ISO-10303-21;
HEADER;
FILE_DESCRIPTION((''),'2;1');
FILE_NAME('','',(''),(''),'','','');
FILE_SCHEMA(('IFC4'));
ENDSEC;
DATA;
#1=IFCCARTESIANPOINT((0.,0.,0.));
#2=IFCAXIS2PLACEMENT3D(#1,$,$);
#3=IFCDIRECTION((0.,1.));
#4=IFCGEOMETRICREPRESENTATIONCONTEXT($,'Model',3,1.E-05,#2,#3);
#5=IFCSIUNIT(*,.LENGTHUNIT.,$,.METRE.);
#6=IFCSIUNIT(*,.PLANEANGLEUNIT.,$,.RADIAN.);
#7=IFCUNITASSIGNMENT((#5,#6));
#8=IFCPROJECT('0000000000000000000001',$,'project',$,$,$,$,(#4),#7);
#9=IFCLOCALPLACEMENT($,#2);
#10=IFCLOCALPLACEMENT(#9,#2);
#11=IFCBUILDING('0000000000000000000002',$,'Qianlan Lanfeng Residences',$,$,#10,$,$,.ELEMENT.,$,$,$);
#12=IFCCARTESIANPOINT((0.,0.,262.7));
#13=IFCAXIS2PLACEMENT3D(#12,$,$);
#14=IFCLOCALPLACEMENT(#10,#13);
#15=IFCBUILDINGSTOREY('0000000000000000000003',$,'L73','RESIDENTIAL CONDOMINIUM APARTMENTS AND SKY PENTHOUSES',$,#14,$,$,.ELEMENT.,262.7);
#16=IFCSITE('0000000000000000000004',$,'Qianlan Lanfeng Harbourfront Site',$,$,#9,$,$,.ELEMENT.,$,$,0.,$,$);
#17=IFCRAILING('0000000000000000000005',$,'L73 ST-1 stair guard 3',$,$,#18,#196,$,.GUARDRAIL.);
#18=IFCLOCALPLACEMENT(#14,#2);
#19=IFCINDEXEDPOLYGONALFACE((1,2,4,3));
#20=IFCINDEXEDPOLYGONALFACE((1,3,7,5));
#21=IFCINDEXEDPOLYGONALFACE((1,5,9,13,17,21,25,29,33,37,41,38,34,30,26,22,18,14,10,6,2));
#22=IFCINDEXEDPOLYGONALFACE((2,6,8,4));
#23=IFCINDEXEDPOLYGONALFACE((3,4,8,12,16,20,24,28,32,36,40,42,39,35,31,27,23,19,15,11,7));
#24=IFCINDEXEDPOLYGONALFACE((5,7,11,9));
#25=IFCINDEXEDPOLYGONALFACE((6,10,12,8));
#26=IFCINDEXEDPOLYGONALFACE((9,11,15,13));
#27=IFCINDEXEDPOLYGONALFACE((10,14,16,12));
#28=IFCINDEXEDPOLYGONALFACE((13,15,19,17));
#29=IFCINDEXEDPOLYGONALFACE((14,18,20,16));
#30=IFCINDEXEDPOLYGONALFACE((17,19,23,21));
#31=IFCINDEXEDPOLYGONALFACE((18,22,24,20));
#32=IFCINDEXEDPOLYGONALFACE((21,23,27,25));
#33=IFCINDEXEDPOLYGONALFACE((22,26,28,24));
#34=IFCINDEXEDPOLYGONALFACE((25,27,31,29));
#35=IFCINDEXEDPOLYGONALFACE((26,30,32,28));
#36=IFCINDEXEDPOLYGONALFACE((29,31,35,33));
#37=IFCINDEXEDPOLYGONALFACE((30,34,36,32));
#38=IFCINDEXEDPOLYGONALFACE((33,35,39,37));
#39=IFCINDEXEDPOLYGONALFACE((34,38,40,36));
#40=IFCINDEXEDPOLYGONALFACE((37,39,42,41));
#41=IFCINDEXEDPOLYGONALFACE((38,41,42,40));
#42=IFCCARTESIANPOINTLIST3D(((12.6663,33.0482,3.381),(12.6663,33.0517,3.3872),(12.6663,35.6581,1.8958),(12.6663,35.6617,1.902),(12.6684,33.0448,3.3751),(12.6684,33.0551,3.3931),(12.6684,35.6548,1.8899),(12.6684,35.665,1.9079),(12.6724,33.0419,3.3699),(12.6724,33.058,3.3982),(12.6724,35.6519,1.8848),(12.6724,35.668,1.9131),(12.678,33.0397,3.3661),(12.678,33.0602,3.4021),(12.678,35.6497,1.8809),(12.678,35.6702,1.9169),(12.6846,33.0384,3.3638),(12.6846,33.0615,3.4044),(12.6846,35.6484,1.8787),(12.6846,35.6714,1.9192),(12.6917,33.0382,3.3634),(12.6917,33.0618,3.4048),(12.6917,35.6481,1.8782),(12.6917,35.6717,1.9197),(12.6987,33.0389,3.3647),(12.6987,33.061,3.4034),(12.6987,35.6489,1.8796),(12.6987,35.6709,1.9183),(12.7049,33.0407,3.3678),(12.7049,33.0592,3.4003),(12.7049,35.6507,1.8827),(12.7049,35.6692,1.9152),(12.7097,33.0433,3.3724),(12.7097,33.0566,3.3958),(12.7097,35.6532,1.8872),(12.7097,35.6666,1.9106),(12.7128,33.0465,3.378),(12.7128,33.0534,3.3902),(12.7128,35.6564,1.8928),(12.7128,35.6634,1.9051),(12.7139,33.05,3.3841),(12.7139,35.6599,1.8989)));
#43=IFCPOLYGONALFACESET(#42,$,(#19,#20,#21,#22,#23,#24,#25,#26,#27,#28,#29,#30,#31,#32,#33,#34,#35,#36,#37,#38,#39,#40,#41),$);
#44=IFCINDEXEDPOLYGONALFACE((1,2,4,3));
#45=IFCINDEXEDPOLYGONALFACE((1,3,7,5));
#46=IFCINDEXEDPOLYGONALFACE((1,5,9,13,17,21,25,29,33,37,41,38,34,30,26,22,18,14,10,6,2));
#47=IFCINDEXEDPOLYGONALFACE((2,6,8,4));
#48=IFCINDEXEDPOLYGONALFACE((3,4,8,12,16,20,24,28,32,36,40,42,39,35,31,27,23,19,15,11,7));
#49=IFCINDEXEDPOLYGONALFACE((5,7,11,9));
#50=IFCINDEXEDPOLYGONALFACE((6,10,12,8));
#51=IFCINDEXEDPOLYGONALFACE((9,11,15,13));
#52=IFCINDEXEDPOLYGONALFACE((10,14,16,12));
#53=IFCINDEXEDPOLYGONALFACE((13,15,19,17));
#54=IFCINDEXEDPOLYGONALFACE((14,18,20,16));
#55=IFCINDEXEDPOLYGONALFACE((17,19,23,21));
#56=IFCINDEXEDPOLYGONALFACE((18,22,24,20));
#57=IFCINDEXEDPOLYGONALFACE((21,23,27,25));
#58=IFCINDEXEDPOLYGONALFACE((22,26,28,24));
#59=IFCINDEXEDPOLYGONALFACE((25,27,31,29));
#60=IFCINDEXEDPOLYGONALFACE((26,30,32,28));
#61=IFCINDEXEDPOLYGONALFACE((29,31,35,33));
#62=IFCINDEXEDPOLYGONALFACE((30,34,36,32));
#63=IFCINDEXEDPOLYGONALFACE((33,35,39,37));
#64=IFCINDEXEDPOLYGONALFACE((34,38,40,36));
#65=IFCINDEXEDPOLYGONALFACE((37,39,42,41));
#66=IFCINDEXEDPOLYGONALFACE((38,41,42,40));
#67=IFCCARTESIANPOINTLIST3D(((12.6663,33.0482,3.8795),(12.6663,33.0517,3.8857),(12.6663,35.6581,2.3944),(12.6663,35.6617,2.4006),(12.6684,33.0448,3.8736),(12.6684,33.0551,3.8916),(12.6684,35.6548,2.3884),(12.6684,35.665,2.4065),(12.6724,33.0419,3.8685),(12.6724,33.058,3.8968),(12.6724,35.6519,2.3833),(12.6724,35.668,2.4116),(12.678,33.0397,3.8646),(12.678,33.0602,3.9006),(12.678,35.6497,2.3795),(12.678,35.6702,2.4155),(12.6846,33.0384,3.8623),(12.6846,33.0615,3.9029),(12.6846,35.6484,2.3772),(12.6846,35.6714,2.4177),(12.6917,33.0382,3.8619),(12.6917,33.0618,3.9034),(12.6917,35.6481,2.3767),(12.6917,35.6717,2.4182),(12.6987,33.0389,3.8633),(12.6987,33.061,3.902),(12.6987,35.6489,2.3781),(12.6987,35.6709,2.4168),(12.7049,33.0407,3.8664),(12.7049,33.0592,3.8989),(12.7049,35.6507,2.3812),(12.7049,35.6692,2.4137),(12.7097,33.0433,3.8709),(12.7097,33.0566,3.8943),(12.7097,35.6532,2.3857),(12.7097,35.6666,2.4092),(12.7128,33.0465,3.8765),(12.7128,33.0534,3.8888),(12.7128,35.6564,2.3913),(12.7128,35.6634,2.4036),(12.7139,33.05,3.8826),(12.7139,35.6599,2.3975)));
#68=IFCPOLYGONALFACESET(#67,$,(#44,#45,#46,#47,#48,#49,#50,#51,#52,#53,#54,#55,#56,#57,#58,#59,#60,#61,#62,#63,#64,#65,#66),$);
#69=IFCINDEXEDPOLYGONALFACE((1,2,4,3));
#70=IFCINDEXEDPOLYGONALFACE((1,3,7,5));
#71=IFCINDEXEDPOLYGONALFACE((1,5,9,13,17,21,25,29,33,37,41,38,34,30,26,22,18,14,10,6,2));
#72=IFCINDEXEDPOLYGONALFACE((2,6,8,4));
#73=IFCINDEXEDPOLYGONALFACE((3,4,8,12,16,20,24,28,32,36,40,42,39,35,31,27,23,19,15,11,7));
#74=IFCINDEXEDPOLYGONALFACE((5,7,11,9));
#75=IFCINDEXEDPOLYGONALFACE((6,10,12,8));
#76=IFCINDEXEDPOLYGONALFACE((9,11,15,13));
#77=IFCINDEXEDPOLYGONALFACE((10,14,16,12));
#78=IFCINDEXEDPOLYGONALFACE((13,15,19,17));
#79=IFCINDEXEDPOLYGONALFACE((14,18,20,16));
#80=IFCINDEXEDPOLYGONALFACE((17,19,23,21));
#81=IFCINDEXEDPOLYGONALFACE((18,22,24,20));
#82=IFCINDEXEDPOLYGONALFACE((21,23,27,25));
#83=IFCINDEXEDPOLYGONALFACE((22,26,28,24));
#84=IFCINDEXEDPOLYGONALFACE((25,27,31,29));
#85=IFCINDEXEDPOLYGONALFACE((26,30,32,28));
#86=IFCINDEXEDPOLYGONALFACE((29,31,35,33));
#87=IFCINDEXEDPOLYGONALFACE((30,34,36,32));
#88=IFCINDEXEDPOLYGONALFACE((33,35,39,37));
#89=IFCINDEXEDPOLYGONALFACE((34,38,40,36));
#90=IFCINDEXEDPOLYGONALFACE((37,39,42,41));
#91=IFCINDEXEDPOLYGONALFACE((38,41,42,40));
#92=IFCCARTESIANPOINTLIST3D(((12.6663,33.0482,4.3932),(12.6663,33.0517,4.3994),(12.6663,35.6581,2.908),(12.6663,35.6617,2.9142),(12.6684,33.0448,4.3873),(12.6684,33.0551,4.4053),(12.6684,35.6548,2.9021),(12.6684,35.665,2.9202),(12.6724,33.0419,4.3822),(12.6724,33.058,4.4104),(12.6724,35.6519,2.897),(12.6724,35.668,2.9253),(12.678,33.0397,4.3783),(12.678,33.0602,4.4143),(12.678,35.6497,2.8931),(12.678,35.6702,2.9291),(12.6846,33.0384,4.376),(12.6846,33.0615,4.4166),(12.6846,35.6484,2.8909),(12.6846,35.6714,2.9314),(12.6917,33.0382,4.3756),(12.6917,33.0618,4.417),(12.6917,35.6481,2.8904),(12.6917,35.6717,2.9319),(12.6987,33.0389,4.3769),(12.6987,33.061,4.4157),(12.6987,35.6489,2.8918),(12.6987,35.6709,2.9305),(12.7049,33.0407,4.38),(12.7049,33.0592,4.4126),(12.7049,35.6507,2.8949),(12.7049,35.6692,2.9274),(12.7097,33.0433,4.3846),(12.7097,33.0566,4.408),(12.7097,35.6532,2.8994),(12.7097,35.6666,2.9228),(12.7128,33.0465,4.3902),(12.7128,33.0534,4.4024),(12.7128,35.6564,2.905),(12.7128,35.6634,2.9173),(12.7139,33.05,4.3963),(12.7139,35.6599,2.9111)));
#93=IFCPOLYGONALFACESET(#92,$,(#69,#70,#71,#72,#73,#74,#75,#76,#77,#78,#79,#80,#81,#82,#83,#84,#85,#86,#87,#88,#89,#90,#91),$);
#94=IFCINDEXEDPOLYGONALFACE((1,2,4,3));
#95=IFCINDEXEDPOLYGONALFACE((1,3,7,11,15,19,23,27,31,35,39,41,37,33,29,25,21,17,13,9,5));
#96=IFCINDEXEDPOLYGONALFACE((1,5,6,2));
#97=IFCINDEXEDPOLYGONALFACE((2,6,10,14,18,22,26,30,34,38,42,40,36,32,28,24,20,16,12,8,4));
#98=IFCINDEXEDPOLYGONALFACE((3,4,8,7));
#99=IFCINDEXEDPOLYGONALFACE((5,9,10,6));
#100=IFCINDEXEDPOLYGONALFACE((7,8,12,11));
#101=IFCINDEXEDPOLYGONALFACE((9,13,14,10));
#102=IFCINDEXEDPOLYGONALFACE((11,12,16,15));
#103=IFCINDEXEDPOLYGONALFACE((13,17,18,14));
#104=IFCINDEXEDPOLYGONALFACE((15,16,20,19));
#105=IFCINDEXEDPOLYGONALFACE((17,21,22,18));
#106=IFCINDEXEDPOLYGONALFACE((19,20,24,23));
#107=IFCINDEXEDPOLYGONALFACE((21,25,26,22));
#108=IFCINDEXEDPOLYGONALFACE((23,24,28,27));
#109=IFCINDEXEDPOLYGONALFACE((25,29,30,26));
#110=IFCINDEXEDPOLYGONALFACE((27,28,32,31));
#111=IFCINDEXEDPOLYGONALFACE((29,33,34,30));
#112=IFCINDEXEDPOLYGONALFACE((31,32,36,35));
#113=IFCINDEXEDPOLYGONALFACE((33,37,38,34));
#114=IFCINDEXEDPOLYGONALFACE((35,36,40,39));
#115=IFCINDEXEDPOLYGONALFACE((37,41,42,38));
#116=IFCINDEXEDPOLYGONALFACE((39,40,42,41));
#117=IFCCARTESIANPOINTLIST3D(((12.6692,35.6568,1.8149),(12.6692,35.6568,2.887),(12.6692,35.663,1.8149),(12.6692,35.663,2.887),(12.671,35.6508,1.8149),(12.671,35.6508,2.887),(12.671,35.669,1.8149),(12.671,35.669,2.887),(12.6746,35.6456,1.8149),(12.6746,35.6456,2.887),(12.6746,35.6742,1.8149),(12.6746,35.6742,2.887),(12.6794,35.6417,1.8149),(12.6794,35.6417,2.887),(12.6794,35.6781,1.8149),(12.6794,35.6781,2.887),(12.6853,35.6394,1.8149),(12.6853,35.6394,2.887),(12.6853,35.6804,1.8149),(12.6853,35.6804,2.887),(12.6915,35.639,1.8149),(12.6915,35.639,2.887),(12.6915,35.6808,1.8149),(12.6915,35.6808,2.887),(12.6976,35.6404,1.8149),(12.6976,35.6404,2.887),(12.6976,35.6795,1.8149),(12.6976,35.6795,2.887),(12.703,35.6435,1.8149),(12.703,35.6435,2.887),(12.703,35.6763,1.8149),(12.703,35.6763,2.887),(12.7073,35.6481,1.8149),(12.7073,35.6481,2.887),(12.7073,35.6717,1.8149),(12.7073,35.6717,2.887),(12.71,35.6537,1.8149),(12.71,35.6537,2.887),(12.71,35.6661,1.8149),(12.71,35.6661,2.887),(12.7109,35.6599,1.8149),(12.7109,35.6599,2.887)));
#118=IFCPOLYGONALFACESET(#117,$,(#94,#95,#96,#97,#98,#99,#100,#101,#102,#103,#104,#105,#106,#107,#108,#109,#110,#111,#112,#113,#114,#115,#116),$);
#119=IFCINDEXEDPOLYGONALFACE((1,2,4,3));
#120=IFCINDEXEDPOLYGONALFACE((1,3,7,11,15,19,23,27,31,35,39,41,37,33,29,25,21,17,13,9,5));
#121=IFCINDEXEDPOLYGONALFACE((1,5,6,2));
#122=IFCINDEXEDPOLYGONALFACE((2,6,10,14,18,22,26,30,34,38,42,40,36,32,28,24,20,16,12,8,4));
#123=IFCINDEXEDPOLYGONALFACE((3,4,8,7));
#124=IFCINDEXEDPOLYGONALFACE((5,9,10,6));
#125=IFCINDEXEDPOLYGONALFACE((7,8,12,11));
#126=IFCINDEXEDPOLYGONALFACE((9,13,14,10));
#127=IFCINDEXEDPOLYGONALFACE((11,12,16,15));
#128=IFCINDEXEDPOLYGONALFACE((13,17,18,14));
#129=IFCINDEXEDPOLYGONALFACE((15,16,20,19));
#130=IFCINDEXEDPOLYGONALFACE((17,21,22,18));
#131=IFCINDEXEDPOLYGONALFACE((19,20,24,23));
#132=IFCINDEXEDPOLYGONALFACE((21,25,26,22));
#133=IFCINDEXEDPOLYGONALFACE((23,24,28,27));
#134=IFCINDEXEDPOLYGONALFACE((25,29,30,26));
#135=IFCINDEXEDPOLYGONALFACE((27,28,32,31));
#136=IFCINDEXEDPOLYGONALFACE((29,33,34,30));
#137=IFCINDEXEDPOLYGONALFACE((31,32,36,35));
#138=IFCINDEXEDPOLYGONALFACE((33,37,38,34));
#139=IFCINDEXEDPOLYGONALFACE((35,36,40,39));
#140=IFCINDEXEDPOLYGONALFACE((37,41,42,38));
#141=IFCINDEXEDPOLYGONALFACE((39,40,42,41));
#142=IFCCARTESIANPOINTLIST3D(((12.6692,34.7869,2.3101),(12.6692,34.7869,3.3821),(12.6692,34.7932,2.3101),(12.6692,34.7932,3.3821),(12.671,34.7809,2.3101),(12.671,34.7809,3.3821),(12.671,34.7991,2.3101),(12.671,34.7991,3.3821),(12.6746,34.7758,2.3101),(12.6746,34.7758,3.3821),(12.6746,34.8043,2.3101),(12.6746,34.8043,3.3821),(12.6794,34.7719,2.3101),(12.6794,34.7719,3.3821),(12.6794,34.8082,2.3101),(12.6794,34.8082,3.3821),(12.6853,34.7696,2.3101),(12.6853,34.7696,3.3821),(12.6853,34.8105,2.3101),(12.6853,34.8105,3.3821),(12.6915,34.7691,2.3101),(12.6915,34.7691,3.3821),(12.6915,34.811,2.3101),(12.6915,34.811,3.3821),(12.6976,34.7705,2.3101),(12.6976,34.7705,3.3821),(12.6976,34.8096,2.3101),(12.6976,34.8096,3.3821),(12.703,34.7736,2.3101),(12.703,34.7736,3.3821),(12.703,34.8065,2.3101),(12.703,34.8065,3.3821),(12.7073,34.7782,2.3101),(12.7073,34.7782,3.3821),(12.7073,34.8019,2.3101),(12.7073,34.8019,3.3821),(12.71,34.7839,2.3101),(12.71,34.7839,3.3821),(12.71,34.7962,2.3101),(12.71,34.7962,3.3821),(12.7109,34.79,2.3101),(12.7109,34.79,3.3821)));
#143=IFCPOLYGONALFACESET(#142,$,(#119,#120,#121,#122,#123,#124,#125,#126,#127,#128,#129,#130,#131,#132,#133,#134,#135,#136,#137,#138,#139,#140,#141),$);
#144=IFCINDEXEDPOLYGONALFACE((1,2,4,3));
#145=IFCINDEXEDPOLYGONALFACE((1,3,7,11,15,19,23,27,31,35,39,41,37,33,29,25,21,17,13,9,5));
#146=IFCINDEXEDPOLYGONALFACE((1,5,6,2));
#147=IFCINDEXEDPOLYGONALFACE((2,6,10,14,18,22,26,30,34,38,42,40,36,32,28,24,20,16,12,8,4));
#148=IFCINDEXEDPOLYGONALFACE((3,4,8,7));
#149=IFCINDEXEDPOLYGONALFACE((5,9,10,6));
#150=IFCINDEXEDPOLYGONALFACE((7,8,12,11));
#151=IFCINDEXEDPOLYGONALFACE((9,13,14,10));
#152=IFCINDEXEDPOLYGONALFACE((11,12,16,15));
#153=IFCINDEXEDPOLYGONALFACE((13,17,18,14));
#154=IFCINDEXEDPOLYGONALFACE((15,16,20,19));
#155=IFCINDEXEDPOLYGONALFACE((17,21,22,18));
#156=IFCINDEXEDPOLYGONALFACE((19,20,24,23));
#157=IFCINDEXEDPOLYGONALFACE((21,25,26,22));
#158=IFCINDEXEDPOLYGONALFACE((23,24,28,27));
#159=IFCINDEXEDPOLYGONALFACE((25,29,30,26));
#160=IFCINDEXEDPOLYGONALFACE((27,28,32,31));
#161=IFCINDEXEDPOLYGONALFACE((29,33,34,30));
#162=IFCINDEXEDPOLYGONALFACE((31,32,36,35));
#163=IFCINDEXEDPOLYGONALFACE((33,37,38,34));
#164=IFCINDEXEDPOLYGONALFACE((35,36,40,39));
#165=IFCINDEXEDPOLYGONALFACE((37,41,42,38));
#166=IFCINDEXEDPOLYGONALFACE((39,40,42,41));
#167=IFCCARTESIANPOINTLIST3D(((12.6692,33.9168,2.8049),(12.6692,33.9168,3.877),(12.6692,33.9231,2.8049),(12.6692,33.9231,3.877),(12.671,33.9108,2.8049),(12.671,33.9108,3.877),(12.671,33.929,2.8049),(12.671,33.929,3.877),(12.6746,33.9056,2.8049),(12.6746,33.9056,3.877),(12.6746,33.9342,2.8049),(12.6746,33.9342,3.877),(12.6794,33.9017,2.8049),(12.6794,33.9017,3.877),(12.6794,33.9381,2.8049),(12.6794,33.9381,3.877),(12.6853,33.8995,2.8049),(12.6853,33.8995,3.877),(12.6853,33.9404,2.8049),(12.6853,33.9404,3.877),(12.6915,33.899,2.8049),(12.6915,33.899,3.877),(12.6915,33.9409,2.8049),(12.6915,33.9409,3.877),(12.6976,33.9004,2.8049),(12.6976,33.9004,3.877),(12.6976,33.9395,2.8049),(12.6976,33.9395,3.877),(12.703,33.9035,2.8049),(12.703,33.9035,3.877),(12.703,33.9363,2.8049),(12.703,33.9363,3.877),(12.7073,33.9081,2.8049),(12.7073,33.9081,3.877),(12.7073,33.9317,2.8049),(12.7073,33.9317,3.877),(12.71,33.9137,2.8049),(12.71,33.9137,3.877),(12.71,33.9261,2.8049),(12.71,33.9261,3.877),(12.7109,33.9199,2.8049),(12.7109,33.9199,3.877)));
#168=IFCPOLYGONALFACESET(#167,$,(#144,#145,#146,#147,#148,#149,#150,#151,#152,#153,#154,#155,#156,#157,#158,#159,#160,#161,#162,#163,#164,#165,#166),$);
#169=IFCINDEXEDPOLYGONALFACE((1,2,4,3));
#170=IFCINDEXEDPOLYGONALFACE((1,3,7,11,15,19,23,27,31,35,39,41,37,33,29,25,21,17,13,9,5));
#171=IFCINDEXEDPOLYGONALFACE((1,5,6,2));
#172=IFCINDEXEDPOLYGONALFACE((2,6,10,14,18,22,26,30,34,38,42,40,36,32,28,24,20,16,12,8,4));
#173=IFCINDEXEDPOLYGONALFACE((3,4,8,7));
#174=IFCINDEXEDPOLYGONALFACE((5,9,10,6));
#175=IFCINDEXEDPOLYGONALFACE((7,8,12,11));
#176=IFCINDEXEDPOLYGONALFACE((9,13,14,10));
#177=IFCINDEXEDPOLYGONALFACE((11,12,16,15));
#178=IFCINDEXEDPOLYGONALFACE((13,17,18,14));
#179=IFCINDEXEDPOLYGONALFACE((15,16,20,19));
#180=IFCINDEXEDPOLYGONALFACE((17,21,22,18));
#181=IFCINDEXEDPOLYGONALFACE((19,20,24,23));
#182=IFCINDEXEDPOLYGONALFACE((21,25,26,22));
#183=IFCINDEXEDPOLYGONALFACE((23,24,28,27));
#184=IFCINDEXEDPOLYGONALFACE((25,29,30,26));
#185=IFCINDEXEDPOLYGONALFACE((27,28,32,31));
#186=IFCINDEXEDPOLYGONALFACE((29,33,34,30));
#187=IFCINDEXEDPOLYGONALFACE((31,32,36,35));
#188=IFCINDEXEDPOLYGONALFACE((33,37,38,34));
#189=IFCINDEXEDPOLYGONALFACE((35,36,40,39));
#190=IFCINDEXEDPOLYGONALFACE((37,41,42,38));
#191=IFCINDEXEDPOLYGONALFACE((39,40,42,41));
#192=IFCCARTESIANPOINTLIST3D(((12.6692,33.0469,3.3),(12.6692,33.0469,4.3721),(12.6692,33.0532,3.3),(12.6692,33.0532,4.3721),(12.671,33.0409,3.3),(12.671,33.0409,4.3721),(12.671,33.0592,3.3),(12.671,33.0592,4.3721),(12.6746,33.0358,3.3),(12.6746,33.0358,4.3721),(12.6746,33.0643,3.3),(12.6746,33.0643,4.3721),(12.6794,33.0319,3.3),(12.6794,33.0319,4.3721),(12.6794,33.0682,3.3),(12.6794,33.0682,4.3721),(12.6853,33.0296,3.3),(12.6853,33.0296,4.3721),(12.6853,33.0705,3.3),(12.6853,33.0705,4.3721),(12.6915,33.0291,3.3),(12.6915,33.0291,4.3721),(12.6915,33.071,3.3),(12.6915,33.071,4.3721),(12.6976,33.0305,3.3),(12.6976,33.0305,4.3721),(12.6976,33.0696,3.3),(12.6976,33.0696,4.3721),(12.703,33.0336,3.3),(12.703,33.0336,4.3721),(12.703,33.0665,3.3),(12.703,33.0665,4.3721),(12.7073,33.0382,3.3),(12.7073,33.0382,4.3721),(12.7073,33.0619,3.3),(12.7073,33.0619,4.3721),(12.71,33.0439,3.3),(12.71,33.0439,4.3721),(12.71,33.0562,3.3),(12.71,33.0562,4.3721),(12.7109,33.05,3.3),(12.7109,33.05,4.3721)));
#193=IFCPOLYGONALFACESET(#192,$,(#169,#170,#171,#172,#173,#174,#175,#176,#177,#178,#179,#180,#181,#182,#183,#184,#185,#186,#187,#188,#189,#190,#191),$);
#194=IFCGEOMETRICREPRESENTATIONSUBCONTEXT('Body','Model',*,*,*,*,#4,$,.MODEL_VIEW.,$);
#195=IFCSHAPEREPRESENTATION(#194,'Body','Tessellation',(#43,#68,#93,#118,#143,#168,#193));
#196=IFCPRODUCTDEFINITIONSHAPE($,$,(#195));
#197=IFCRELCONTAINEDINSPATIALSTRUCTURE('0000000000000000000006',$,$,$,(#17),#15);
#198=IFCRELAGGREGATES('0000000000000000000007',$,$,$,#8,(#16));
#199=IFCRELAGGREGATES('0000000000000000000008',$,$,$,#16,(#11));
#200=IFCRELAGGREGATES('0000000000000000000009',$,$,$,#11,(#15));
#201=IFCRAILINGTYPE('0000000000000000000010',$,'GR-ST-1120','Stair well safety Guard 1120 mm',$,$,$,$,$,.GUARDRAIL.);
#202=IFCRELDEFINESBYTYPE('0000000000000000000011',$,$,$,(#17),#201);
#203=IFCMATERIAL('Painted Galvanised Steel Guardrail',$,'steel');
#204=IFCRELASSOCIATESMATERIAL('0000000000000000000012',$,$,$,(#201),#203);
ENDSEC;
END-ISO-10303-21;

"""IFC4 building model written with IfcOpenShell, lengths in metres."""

from ifc_helpers import new_model, si_unit, direction, frame, origin, origin_2d, place, context, subcontext, project, spatial, circle, extrude, material, type_object, element, save


model = new_model("IFC4")

# Units and contexts
model_context = context("Model", 3, precision=1e-05, world=origin(), true_north=direction((0.0, 1.0)))
body_context = subcontext(model_context, "Body", "Model", "MODEL_VIEW")
ifc_project = project(units=[si_unit("LENGTHUNIT", "METRE"), si_unit("PLANEANGLEUNIT", "RADIAN")], contexts=[model_context])

# Site, building, storey
site_placement = place(None, origin())
site = spatial("IfcSite", under=ifc_project, at=site_placement, Name="Qianlan Lanfeng Harbourfront Site", CompositionType="ELEMENT", RefElevation=0.0)
building_placement = place(site_placement, origin())
building = spatial("IfcBuilding", under=site, at=building_placement, Name="Qianlan Lanfeng Residences", CompositionType="ELEMENT")
storey_placement = place(building_placement, frame((0.0, 0.0, 262.7)))
storey = spatial("IfcBuildingStorey", under=building, at=storey_placement, Name="L73", Description="RESIDENTIAL CONDOMINIUM APARTMENTS AND SKY PENTHOUSES", CompositionType="ELEMENT", Elevation=262.7)

# Railing
ifc_material_1 = material(Name="Painted Galvanised Steel Guardrail", Category="steel")
railing_type_1 = type_object("IfcRailingType", Name="GR-ST-1120", Description="Stair well safety Guard 1120 mm", PredefinedType="GUARDRAIL", material=ifc_material_1)
railing_1_placement = place(storey_placement, frame((12.6899, 35.6599, 1.8149)))
element("IfcRailing", 1, at=railing_1_placement, inside=storey, type_object=railing_type_1, Name="L73 ST-1 stair guard 3", PredefinedType="GUARDRAIL", context=body_context, shape_type="SweptSolid", body=[
    extrude(circle(Radius=0.0239, at=origin_2d()), frame((0.0, 0.0, 0.084), z_axis=(0.0, -0.869137, 0.494571), x_axis=(1.0, 0.0, 0.0)), (0.0, 0.0, 1.0), 3.0029),
    extrude(circle(Radius=0.0239, at=origin_2d()), frame((0.0, 0.0, 0.5825), z_axis=(0.0, -0.869137, 0.494571), x_axis=(1.0, 0.0, 0.0)), (0.0, 0.0, 1.0), 3.0029),
    extrude(circle(Radius=0.0239, at=origin_2d()), frame((0.0, 0.0, 1.0962), z_axis=(0.0, -0.869137, 0.494571), x_axis=(1.0, 0.0, 0.0)), (0.0, 0.0, 1.0), 3.0029),
    extrude(circle(Radius=0.021, at=origin_2d()), origin(), (0.0, 0.0, 1.0), 1.072),
    extrude(circle(Radius=0.021, at=origin_2d()), frame((0.0, -0.8699, 0.4951)), (0.0, 0.0, 1.0), 1.072),
    extrude(circle(Radius=0.021, at=origin_2d()), frame((0.0, -1.74, 0.99)), (0.0, 0.0, 1.0), 1.072),
    extrude(circle(Radius=0.021, at=origin_2d()), frame((0.0, -2.6099, 1.4851)), (0.0, 0.0, 1.0), 1.072),
])

save(model, "model.ifc")
